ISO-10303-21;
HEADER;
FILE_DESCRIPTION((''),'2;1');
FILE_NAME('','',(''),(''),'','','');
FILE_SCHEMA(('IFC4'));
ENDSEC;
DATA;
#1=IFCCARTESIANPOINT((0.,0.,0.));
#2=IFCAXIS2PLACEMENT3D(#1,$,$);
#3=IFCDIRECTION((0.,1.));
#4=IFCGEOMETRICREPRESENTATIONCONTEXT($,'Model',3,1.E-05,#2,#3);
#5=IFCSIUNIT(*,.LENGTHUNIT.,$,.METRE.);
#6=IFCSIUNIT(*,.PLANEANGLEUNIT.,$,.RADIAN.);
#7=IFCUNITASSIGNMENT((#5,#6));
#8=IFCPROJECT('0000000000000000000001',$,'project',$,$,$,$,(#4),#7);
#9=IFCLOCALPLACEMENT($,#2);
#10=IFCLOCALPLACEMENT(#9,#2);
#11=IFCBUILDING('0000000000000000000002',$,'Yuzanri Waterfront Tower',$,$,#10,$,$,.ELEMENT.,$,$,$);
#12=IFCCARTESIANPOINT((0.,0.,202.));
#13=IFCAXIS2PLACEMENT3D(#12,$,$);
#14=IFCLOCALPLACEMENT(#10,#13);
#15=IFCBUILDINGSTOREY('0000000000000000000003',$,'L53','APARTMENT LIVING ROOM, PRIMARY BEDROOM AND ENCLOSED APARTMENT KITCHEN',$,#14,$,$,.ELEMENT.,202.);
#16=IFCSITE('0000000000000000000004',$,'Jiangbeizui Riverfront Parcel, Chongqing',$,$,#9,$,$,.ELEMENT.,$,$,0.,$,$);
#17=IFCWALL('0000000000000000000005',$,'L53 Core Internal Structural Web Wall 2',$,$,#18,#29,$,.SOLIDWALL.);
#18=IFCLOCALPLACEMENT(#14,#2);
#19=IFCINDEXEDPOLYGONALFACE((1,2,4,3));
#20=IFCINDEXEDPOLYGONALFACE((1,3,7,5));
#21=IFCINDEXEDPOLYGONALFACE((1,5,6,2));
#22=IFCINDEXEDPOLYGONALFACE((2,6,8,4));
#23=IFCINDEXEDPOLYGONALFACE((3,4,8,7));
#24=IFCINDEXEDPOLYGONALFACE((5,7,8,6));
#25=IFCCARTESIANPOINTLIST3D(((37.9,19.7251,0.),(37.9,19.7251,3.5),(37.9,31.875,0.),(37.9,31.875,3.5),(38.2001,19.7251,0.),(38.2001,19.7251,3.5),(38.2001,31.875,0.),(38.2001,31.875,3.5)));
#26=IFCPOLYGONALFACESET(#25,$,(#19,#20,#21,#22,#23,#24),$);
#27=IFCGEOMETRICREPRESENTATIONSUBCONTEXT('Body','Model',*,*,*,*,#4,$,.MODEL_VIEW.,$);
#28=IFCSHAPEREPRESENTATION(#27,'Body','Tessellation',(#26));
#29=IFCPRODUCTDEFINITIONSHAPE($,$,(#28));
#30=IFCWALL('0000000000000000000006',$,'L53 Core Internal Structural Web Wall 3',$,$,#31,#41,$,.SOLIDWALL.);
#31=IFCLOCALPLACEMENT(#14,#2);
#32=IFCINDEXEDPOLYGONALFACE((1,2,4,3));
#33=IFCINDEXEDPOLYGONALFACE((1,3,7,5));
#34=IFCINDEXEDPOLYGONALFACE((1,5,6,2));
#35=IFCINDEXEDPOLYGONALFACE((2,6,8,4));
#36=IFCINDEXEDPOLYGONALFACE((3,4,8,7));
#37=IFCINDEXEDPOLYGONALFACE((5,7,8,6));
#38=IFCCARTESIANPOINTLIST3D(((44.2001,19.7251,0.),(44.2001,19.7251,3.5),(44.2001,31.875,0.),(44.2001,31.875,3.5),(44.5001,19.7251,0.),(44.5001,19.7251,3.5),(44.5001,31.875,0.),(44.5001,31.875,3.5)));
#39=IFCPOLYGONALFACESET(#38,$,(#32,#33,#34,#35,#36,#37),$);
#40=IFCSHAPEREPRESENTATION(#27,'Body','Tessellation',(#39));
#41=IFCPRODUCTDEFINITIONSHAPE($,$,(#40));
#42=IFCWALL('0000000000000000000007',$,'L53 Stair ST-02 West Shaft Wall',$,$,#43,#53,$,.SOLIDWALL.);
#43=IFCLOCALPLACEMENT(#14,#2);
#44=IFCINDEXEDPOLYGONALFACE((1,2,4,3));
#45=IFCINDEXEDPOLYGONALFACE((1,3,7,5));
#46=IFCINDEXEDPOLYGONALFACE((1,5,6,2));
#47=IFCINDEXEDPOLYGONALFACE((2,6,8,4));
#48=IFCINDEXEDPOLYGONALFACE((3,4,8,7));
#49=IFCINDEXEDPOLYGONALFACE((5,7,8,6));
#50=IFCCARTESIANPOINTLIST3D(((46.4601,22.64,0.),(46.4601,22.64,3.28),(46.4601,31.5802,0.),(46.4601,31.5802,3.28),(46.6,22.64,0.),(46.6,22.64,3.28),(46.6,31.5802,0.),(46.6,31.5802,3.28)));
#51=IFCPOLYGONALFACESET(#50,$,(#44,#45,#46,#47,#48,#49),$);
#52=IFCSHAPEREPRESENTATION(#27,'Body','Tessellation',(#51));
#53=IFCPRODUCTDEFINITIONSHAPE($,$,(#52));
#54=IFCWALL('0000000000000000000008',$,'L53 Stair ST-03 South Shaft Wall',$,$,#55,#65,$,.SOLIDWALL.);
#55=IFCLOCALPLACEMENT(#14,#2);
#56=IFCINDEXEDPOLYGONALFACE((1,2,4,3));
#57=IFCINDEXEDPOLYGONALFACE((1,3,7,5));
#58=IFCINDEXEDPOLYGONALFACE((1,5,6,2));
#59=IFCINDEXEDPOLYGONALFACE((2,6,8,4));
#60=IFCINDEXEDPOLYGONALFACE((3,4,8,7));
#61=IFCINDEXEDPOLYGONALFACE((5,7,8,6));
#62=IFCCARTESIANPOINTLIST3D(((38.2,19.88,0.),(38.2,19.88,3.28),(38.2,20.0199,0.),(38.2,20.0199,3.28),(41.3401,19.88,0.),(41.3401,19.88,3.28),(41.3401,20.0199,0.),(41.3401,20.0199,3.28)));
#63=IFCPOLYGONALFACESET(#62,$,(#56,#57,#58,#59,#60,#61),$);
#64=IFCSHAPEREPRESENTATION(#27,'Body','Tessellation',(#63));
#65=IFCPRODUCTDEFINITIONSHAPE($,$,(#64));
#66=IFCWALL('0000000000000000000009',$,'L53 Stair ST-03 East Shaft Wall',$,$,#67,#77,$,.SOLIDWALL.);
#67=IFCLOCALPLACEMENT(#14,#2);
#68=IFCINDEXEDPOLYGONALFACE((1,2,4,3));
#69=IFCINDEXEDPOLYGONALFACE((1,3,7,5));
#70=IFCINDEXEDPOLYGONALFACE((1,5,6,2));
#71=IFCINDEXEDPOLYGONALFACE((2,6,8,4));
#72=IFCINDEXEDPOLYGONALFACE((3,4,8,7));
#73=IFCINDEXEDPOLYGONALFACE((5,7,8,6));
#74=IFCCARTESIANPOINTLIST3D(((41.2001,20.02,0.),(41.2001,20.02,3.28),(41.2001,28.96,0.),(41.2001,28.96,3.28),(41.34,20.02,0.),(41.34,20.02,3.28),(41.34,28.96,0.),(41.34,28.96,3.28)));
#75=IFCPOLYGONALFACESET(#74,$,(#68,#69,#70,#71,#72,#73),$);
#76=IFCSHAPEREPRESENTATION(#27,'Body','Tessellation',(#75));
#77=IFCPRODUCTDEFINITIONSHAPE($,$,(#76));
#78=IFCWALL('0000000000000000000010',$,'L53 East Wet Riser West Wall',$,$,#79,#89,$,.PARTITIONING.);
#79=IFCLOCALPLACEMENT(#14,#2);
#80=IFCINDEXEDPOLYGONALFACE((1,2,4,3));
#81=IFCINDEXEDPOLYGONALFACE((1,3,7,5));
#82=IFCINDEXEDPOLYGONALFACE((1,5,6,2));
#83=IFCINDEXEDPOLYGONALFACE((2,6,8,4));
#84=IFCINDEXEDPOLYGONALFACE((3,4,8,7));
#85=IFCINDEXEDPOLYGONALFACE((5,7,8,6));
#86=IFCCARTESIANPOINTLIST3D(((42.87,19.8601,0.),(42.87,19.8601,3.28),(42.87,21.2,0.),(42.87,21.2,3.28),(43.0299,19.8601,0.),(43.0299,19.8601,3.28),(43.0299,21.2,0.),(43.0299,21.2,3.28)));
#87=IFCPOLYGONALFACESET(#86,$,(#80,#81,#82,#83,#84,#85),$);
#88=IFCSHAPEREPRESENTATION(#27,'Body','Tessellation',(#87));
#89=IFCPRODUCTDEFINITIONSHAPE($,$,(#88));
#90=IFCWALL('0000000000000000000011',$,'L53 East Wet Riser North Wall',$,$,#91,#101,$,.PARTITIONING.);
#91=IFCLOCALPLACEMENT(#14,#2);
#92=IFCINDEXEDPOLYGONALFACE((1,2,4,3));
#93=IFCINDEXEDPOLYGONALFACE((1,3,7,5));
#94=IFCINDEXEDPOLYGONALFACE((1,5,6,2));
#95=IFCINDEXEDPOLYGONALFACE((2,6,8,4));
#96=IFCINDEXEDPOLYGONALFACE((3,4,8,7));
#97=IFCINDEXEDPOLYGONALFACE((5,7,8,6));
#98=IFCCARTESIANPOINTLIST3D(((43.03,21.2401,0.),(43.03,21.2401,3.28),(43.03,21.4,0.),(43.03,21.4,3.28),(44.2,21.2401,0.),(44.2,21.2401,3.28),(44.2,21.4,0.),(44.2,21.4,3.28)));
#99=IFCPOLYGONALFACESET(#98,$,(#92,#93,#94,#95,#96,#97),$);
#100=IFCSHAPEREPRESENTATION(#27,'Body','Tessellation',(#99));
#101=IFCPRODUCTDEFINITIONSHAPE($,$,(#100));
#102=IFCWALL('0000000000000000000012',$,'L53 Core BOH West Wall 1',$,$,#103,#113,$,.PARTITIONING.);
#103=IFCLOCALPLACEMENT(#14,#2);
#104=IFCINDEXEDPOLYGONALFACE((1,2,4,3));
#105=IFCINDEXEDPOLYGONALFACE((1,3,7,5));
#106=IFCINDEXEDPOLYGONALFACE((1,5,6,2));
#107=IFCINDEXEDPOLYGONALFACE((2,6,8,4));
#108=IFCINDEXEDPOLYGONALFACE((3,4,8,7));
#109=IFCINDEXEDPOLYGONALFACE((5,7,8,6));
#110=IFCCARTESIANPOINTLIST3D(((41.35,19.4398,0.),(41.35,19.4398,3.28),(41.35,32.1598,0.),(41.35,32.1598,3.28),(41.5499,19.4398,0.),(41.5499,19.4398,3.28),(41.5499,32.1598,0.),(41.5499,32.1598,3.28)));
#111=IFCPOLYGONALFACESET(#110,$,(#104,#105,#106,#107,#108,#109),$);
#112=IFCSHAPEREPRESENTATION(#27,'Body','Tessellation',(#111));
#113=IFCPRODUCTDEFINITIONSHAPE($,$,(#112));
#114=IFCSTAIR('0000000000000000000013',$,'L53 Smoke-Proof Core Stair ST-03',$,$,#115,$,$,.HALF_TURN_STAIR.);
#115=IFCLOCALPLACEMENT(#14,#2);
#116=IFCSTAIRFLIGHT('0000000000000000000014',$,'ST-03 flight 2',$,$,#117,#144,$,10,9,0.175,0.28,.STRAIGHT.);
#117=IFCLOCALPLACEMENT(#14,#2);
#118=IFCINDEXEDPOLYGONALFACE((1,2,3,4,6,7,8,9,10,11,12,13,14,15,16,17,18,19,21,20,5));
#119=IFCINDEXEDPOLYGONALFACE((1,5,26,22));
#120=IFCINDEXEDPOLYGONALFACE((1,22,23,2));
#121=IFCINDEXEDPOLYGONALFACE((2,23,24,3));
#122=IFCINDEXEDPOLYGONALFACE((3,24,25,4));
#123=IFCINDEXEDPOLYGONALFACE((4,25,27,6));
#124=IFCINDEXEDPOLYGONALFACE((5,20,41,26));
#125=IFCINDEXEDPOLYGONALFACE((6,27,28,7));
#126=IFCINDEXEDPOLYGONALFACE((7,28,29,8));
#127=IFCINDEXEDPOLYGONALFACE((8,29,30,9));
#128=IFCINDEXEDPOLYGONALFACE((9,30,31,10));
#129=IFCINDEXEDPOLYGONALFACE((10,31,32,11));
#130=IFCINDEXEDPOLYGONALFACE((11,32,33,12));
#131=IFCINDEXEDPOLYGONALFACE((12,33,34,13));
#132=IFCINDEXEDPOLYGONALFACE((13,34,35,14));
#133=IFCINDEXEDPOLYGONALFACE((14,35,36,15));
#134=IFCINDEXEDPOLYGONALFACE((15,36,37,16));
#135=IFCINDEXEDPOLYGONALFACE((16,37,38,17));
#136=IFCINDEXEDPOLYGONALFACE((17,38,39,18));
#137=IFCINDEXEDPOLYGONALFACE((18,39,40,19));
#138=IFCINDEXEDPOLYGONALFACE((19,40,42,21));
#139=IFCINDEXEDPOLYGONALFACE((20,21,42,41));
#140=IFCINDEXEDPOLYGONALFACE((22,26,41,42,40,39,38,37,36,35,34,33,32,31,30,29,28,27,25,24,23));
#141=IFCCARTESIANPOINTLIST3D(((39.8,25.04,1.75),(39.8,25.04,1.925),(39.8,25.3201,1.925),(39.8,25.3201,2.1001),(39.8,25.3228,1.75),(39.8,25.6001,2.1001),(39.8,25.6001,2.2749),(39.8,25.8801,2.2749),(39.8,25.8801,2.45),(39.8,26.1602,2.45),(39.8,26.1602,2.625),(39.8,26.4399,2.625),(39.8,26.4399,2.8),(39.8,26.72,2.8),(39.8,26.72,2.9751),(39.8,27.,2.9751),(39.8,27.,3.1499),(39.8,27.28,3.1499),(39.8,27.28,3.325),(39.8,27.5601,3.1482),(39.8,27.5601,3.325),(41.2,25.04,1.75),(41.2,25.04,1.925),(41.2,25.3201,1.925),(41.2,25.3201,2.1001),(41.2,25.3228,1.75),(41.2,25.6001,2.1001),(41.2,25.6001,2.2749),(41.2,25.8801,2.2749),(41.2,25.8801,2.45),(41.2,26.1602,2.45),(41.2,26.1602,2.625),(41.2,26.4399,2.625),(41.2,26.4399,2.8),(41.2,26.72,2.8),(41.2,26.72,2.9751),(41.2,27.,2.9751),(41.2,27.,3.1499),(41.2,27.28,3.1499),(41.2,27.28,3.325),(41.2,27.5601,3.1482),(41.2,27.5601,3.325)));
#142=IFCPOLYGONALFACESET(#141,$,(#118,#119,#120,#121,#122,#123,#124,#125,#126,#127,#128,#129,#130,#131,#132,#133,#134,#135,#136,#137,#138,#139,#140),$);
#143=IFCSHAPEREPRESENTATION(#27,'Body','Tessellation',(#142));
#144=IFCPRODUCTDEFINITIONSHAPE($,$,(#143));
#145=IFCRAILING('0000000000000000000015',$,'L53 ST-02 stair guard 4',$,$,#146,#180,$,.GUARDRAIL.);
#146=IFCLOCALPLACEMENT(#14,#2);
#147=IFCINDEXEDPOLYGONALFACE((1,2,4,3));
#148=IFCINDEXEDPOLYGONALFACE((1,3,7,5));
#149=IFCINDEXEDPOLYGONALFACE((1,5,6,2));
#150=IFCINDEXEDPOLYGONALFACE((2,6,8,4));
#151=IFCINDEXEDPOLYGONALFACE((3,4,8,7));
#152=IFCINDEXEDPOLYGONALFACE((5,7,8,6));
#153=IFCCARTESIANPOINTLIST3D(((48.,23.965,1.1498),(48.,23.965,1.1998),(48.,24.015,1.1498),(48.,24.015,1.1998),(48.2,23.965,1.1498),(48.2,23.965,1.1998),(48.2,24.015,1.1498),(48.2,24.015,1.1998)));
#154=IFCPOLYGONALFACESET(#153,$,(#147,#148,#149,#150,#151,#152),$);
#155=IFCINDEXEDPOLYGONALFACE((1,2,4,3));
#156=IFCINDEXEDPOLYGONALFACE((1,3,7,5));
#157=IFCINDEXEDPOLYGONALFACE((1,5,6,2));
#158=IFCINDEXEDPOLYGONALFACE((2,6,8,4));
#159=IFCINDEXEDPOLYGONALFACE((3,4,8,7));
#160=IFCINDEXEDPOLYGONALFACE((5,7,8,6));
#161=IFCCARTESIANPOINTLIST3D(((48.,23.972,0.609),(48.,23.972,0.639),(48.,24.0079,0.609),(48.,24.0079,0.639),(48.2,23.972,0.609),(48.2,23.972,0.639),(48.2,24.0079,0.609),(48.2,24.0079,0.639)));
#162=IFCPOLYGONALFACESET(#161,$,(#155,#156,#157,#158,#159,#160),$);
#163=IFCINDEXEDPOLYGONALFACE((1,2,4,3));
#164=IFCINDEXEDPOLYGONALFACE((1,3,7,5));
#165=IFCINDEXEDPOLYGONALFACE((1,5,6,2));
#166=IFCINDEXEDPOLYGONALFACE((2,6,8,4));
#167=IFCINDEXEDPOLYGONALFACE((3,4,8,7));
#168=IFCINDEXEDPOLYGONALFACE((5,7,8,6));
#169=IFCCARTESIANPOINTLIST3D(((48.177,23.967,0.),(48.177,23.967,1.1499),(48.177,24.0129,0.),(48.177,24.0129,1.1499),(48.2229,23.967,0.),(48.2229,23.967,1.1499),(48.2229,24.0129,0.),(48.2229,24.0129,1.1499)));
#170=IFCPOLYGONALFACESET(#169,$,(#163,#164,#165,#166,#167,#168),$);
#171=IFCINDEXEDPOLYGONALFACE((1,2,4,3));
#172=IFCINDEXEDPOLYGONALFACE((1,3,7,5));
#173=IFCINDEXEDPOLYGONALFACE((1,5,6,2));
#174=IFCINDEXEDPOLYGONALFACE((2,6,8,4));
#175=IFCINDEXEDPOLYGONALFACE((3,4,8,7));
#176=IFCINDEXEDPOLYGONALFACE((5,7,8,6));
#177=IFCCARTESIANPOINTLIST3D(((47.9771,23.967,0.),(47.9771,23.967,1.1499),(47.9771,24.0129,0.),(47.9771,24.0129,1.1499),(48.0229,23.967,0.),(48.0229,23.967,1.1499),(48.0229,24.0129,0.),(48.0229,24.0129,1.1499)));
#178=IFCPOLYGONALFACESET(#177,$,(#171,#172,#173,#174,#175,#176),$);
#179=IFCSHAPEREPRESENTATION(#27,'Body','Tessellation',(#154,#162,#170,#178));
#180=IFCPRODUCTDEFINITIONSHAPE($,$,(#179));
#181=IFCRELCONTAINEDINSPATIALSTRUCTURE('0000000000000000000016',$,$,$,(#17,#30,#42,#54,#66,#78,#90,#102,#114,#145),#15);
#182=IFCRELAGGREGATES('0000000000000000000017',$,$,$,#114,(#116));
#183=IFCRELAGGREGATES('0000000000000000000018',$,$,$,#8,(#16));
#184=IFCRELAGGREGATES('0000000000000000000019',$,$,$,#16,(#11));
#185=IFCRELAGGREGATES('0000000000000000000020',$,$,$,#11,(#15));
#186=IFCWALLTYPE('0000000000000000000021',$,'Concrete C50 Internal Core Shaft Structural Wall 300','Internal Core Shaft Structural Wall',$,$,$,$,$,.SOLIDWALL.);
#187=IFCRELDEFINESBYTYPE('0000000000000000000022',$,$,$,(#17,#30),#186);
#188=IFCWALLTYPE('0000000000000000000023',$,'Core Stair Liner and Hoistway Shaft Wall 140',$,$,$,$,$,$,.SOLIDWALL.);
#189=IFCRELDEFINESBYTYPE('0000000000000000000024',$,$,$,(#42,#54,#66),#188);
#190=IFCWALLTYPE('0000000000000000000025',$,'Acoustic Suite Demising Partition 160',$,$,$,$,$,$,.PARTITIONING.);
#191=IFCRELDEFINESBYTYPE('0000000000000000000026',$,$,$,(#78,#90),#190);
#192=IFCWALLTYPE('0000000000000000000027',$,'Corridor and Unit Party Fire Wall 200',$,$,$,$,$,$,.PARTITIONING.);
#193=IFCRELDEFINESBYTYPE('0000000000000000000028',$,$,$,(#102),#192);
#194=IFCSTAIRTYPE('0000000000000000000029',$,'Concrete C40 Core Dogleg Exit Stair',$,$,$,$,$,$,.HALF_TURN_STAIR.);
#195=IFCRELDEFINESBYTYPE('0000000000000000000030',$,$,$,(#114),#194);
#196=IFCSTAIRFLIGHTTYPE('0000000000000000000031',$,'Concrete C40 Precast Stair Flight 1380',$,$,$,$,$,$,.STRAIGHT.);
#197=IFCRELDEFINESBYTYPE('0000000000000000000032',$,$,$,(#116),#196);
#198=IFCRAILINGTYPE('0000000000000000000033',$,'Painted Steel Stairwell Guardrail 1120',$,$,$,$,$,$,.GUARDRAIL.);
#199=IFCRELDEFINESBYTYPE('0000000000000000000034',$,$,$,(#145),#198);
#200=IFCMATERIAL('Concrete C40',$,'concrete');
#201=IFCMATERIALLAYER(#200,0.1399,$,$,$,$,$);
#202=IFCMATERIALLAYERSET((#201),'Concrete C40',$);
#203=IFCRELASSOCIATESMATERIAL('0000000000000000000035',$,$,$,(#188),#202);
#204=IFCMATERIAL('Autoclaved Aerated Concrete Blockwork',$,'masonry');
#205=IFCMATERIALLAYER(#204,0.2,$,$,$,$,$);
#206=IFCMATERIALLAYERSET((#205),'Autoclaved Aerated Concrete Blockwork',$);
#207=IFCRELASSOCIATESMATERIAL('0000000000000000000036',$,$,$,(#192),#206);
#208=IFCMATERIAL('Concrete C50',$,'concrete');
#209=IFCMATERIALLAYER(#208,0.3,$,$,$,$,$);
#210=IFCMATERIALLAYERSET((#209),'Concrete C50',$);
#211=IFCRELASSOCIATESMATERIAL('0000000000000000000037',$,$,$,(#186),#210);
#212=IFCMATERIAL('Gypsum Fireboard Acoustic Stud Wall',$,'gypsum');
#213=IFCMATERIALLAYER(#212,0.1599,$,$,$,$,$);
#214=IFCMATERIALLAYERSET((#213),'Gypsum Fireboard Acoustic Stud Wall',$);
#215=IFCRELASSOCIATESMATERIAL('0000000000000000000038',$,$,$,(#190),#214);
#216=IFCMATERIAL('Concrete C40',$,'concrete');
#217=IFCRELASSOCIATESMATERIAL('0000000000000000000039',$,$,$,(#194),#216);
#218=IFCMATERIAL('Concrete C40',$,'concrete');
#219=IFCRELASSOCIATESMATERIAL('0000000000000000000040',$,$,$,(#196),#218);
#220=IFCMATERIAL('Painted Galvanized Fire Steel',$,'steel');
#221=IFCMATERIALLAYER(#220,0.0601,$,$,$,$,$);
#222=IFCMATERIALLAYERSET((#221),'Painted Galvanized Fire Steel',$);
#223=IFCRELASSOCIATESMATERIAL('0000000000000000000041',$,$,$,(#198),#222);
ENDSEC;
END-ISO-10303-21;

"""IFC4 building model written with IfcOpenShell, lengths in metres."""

from ifc_helpers import new_model, si_unit, direction, frame, frame_2d, origin, origin_2d, place, context, subcontext, project, spatial, polyline, rectangle, outline, extrude, source, transform, mapped, material, layer, layer_set, type_object, element, aggregate, save


model = new_model("IFC4")

# Units and contexts
model_context = context("Model", 3, precision=1e-05, world=origin(), true_north=direction((0.0, 1.0)))
body_context = subcontext(model_context, "Body", "Model", "MODEL_VIEW")
ifc_project = project(units=[si_unit("LENGTHUNIT", "METRE"), si_unit("PLANEANGLEUNIT", "RADIAN")], contexts=[model_context])

# Site, building, storey
site_placement = place(None, origin())
site = spatial("IfcSite", under=ifc_project, at=site_placement, Name="Jiangbeizui Riverfront Parcel, Chongqing", CompositionType="ELEMENT", RefElevation=0.0)
building_placement = place(site_placement, origin())
building = spatial("IfcBuilding", under=site, at=building_placement, Name="Yuzanri Waterfront Tower", CompositionType="ELEMENT")
storey_placement = place(building_placement, frame((0.0, 0.0, 202.0)))
storey = spatial("IfcBuildingStorey", under=building, at=storey_placement, Name="L53", Description="APARTMENT LIVING ROOM, PRIMARY BEDROOM AND ENCLOSED APARTMENT KITCHEN", CompositionType="ELEMENT", Elevation=202.0)

# Shared definitions
ifc_material_1 = material(Name="Concrete C40", Category="concrete")
ifc_layer_1 = layer(ifc_material_1, 0.1399)
ifc_layer_set_1 = layer_set([ifc_layer_1], Name="Concrete C40")
wall_type_1 = type_object("IfcWallType", Name="Core Stair Liner and Hoistway Shaft Wall 140", PredefinedType="SOLIDWALL", material=ifc_layer_set_1)
ifc_material_2 = material(Name="Autoclaved Aerated Concrete Blockwork", Category="masonry")
ifc_layer_2 = layer(ifc_material_2, 0.2)
ifc_layer_set_2 = layer_set([ifc_layer_2], Name="Autoclaved Aerated Concrete Blockwork")
wall_type_2 = type_object("IfcWallType", Name="Corridor and Unit Party Fire Wall 200", PredefinedType="PARTITIONING", material=ifc_layer_set_2)

# Walls
ifc_material_3 = material(Name="Concrete C50", Category="concrete")
ifc_layer_3 = layer(ifc_material_3, 0.3)
ifc_layer_set_3 = layer_set([ifc_layer_3], Name="Concrete C50")
wall_type_3 = type_object("IfcWallType", Name="Concrete C50 Internal Core Shaft Structural Wall 300", Description="Internal Core Shaft Structural Wall", PredefinedType="SOLIDWALL", material=ifc_layer_set_3)
shared_shape_1 = source(origin(), body_context, "Body", "SweptSolid", [
    extrude(rectangle(XDim=12.1499, YDim=0.3, at=frame_2d((6.075, 0.0))), origin(), (0.0, 0.0, 1.0), 3.5),
])
for number, where, z_axis, x_axis, name in (
    (1, (38.05, 19.7251, 0.0), (0.0, 0.0, 1.0), (0.0, 1.0, 0.0), "L53 Core Internal Structural Web Wall 2"),
    (2, (44.3501, 19.7251, 0.0), (0.0, 0.0, 1.0), (0.0, 1.0, 0.0), "L53 Core Internal Structural Web Wall 3"),
):
    element("IfcWall", number, at=place(storey_placement, frame(where, z_axis=z_axis, x_axis=x_axis)), inside=storey, type_object=wall_type_3, Name=name, PredefinedType="SOLIDWALL", context=body_context, shape_type="MappedRepresentation", body=[
        mapped(shared_shape_1, transform((0.0, 0.0, 0.0), scale=1.0)),
    ])
shared_shape_2 = source(origin(), body_context, "Body", "SweptSolid", [
    extrude(rectangle(XDim=8.9402, YDim=0.1399, at=frame_2d((4.4702, 0.0))), origin(), (0.0, 0.0, 1.0), 3.28),
])
wall_1_placement = place(storey_placement, frame((46.53, 22.6399, 0.0), z_axis=(0.0, 0.0, 1.0), x_axis=(0.0, 1.0, 0.0)))
element("IfcWall", 3, at=wall_1_placement, inside=storey, type_object=wall_type_1, Name="L53 Stair ST-02 West Shaft Wall", PredefinedType="SOLIDWALL", context=body_context, shape_type="MappedRepresentation", body=[
    mapped(shared_shape_2, transform((0.0, 0.0, 0.0), scale=1.0)),
])
shared_shape_3 = source(origin(), body_context, "Body", "SweptSolid", [
    extrude(rectangle(XDim=3.1401, YDim=0.1399, at=frame_2d((1.5701, 0.0))), origin(), (0.0, 0.0, 1.0), 3.28),
])
wall_2_placement = place(storey_placement, frame((38.2, 19.95, 0.0), z_axis=(0.0, 0.0, 1.0), x_axis=(1.0, 0.0, 0.0)))
element("IfcWall", 4, at=wall_2_placement, inside=storey, type_object=wall_type_1, Name="L53 Stair ST-03 South Shaft Wall", PredefinedType="SOLIDWALL", context=body_context, shape_type="MappedRepresentation", body=[
    mapped(shared_shape_3, transform((0.0, 0.0, 0.0), scale=1.0)),
])
shared_shape_4 = source(origin(), body_context, "Body", "SweptSolid", [
    extrude(rectangle(XDim=8.9399, YDim=0.1399, at=frame_2d((4.47, 0.0))), origin(), (0.0, 0.0, 1.0), 3.28),
])
wall_3_placement = place(storey_placement, frame((41.27, 20.02, 0.0), z_axis=(0.0, 0.0, 1.0), x_axis=(0.0, 1.0, 0.0)))
element("IfcWall", 5, at=wall_3_placement, inside=storey, type_object=wall_type_1, Name="L53 Stair ST-03 East Shaft Wall", PredefinedType="SOLIDWALL", context=body_context, shape_type="MappedRepresentation", body=[
    mapped(shared_shape_4, transform((0.0, 0.0, 0.0), scale=1.0)),
])
ifc_material_4 = material(Name="Gypsum Fireboard Acoustic Stud Wall", Category="gypsum")
ifc_layer_4 = layer(ifc_material_4, 0.1599)
ifc_layer_set_4 = layer_set([ifc_layer_4], Name="Gypsum Fireboard Acoustic Stud Wall")
wall_type_4 = type_object("IfcWallType", Name="Acoustic Suite Demising Partition 160", PredefinedType="PARTITIONING", material=ifc_layer_set_4)
shared_shape_5 = source(origin(), body_context, "Body", "SweptSolid", [
    extrude(rectangle(XDim=1.3398, YDim=0.1599, at=frame_2d((0.6699, 0.0))), origin(), (0.0, 0.0, 1.0), 3.28),
])
wall_4_placement = place(storey_placement, frame((42.95, 19.8601, 0.0), z_axis=(0.0, 0.0, 1.0), x_axis=(0.0, 1.0, 0.0)))
element("IfcWall", 6, at=wall_4_placement, inside=storey, type_object=wall_type_4, Name="L53 East Wet Riser West Wall", PredefinedType="PARTITIONING", context=body_context, shape_type="MappedRepresentation", body=[
    mapped(shared_shape_5, transform((0.0, 0.0, 0.0), scale=1.0)),
])
shared_shape_6 = source(origin(), body_context, "Body", "SweptSolid", [
    extrude(rectangle(XDim=1.1699, YDim=0.1599, at=frame_2d((0.585, 0.0))), origin(), (0.0, 0.0, 1.0), 3.28),
])
wall_5_placement = place(storey_placement, frame((43.03, 21.3201, 0.0), z_axis=(0.0, 0.0, 1.0), x_axis=(1.0, 0.0, 0.0)))
element("IfcWall", 7, at=wall_5_placement, inside=storey, type_object=wall_type_4, Name="L53 East Wet Riser North Wall", PredefinedType="PARTITIONING", context=body_context, shape_type="MappedRepresentation", body=[
    mapped(shared_shape_6, transform((0.0, 0.0, 0.0), scale=1.0)),
])
shared_shape_7 = source(origin(), body_context, "Body", "SweptSolid", [
    extrude(rectangle(XDim=12.72, YDim=0.2, at=frame_2d((6.3599, 0.0))), origin(), (0.0, 0.0, 1.0), 3.28),
])
wall_6_placement = place(storey_placement, frame((41.45, 19.4399, 0.0), z_axis=(0.0, 0.0, 1.0), x_axis=(0.0, 1.0, 0.0)))
element("IfcWall", 8, at=wall_6_placement, inside=storey, type_object=wall_type_2, Name="L53 Core BOH West Wall 1", PredefinedType="PARTITIONING", context=body_context, shape_type="MappedRepresentation", body=[
    mapped(shared_shape_7, transform((0.0, 0.0, 0.0), scale=1.0)),
])

# Stair, stair flight
ifc_material_5 = material(Name="Concrete C40", Category="concrete")
stair_type = type_object("IfcStairType", Name="Concrete C40 Core Dogleg Exit Stair", PredefinedType="HALF_TURN_STAIR", material=ifc_material_5)
stair_placement = place(storey_placement, origin())
stair = element("IfcStair", 9, at=stair_placement, inside=storey, type_object=stair_type, Name="L53 Smoke-Proof Core Stair ST-03", PredefinedType="HALF_TURN_STAIR")
ifc_material_6 = material(Name="Concrete C40", Category="concrete")
stair_flight_type = type_object("IfcStairFlightType", Name="Concrete C40 Precast Stair Flight 1380", PredefinedType="STRAIGHT", material=ifc_material_6)
shared_shape_8 = source(origin(), body_context, "Body", "SweptSolid", [
    extrude(outline(polyline([(0.0, 0.0), (0.0, 0.175), (0.28, 0.175), (0.28, 0.3501), (0.5601, 0.3501), (0.5601, 0.5249), (0.8401, 0.5249), (0.8401, 0.7), (1.1201, 0.7), (1.1201, 0.875), (1.3999, 0.875), (1.3999, 1.05), (1.6799, 1.05), (1.6799, 1.2251), (1.96, 1.2251), (1.96, 1.3999), (2.24, 1.3999), (2.24, 1.575), (2.52, 1.575), (2.52, 1.75), (2.52, 1.3982), (0.2827, 0.0), (0.0, 0.0)])), frame((0.0, 0.7, 0.0), z_axis=(0.0, -1.0, 0.0), x_axis=(1.0, 0.0, 0.0)), (0.0, 0.0, 1.0), 1.3999),
])
stair_flight_placement = place(storey_placement, frame((40.5, 25.04, 1.75), z_axis=(0.0, 0.0, 1.0), x_axis=(0.0, 1.0, 0.0)))
stair_flight = element("IfcStairFlight", 10, at=stair_flight_placement, type_object=stair_flight_type, Name="ST-03 flight 2", NumberOfRisers=10, NumberOfTreads=9, PredefinedType="STRAIGHT", RiserHeight=0.175, TreadLength=0.28, context=body_context, shape_type="MappedRepresentation", body=[
    mapped(shared_shape_8, transform((0.0, 0.0, 0.0), scale=1.0)),
])
aggregate(stair, [stair_flight])

# Railing
ifc_material_7 = material(Name="Painted Galvanized Fire Steel", Category="steel")
ifc_layer_5 = layer(ifc_material_7, 0.0601)
ifc_layer_set_5 = layer_set([ifc_layer_5], Name="Painted Galvanized Fire Steel")
railing_type_1 = type_object("IfcRailingType", Name="Painted Steel Stairwell Guardrail 1120", PredefinedType="GUARDRAIL", material=ifc_layer_set_5)
shared_shape_9 = source(origin(), body_context, "Body", "SweptSolid", [
    extrude(rectangle(XDim=0.05, YDim=0.05, at=origin_2d()), frame((0.0, 0.0, 1.1748), z_axis=(-1.0, 0.0, 0.0), x_axis=(0.0, -1.0, 0.0)), (0.0, 0.0, 1.0), 0.2),
    extrude(rectangle(XDim=0.0359, YDim=0.03, at=origin_2d()), frame((0.0, 0.0, 0.624), z_axis=(-1.0, 0.0, 0.0), x_axis=(0.0, -1.0, 0.0)), (0.0, 0.0, 1.0), 0.2),
    extrude(rectangle(XDim=0.0459, YDim=0.0459, at=origin_2d()), origin(), (0.0, 0.0, 1.0), 1.1499),
    extrude(rectangle(XDim=0.0459, YDim=0.0459, at=origin_2d()), frame((-0.2, 0.0, 0.0)), (0.0, 0.0, 1.0), 1.1499),
])
railing_1_placement = place(storey_placement, frame((48.2, 23.99, 0.0)))
element("IfcRailing", 11, at=railing_1_placement, inside=storey, type_object=railing_type_1, Name="L53 ST-02 stair guard 4", PredefinedType="GUARDRAIL", context=body_context, shape_type="MappedRepresentation", body=[
    mapped(shared_shape_9, transform((0.0, 0.0, 0.0), scale=1.0)),
])

save(model, "model.ifc")
